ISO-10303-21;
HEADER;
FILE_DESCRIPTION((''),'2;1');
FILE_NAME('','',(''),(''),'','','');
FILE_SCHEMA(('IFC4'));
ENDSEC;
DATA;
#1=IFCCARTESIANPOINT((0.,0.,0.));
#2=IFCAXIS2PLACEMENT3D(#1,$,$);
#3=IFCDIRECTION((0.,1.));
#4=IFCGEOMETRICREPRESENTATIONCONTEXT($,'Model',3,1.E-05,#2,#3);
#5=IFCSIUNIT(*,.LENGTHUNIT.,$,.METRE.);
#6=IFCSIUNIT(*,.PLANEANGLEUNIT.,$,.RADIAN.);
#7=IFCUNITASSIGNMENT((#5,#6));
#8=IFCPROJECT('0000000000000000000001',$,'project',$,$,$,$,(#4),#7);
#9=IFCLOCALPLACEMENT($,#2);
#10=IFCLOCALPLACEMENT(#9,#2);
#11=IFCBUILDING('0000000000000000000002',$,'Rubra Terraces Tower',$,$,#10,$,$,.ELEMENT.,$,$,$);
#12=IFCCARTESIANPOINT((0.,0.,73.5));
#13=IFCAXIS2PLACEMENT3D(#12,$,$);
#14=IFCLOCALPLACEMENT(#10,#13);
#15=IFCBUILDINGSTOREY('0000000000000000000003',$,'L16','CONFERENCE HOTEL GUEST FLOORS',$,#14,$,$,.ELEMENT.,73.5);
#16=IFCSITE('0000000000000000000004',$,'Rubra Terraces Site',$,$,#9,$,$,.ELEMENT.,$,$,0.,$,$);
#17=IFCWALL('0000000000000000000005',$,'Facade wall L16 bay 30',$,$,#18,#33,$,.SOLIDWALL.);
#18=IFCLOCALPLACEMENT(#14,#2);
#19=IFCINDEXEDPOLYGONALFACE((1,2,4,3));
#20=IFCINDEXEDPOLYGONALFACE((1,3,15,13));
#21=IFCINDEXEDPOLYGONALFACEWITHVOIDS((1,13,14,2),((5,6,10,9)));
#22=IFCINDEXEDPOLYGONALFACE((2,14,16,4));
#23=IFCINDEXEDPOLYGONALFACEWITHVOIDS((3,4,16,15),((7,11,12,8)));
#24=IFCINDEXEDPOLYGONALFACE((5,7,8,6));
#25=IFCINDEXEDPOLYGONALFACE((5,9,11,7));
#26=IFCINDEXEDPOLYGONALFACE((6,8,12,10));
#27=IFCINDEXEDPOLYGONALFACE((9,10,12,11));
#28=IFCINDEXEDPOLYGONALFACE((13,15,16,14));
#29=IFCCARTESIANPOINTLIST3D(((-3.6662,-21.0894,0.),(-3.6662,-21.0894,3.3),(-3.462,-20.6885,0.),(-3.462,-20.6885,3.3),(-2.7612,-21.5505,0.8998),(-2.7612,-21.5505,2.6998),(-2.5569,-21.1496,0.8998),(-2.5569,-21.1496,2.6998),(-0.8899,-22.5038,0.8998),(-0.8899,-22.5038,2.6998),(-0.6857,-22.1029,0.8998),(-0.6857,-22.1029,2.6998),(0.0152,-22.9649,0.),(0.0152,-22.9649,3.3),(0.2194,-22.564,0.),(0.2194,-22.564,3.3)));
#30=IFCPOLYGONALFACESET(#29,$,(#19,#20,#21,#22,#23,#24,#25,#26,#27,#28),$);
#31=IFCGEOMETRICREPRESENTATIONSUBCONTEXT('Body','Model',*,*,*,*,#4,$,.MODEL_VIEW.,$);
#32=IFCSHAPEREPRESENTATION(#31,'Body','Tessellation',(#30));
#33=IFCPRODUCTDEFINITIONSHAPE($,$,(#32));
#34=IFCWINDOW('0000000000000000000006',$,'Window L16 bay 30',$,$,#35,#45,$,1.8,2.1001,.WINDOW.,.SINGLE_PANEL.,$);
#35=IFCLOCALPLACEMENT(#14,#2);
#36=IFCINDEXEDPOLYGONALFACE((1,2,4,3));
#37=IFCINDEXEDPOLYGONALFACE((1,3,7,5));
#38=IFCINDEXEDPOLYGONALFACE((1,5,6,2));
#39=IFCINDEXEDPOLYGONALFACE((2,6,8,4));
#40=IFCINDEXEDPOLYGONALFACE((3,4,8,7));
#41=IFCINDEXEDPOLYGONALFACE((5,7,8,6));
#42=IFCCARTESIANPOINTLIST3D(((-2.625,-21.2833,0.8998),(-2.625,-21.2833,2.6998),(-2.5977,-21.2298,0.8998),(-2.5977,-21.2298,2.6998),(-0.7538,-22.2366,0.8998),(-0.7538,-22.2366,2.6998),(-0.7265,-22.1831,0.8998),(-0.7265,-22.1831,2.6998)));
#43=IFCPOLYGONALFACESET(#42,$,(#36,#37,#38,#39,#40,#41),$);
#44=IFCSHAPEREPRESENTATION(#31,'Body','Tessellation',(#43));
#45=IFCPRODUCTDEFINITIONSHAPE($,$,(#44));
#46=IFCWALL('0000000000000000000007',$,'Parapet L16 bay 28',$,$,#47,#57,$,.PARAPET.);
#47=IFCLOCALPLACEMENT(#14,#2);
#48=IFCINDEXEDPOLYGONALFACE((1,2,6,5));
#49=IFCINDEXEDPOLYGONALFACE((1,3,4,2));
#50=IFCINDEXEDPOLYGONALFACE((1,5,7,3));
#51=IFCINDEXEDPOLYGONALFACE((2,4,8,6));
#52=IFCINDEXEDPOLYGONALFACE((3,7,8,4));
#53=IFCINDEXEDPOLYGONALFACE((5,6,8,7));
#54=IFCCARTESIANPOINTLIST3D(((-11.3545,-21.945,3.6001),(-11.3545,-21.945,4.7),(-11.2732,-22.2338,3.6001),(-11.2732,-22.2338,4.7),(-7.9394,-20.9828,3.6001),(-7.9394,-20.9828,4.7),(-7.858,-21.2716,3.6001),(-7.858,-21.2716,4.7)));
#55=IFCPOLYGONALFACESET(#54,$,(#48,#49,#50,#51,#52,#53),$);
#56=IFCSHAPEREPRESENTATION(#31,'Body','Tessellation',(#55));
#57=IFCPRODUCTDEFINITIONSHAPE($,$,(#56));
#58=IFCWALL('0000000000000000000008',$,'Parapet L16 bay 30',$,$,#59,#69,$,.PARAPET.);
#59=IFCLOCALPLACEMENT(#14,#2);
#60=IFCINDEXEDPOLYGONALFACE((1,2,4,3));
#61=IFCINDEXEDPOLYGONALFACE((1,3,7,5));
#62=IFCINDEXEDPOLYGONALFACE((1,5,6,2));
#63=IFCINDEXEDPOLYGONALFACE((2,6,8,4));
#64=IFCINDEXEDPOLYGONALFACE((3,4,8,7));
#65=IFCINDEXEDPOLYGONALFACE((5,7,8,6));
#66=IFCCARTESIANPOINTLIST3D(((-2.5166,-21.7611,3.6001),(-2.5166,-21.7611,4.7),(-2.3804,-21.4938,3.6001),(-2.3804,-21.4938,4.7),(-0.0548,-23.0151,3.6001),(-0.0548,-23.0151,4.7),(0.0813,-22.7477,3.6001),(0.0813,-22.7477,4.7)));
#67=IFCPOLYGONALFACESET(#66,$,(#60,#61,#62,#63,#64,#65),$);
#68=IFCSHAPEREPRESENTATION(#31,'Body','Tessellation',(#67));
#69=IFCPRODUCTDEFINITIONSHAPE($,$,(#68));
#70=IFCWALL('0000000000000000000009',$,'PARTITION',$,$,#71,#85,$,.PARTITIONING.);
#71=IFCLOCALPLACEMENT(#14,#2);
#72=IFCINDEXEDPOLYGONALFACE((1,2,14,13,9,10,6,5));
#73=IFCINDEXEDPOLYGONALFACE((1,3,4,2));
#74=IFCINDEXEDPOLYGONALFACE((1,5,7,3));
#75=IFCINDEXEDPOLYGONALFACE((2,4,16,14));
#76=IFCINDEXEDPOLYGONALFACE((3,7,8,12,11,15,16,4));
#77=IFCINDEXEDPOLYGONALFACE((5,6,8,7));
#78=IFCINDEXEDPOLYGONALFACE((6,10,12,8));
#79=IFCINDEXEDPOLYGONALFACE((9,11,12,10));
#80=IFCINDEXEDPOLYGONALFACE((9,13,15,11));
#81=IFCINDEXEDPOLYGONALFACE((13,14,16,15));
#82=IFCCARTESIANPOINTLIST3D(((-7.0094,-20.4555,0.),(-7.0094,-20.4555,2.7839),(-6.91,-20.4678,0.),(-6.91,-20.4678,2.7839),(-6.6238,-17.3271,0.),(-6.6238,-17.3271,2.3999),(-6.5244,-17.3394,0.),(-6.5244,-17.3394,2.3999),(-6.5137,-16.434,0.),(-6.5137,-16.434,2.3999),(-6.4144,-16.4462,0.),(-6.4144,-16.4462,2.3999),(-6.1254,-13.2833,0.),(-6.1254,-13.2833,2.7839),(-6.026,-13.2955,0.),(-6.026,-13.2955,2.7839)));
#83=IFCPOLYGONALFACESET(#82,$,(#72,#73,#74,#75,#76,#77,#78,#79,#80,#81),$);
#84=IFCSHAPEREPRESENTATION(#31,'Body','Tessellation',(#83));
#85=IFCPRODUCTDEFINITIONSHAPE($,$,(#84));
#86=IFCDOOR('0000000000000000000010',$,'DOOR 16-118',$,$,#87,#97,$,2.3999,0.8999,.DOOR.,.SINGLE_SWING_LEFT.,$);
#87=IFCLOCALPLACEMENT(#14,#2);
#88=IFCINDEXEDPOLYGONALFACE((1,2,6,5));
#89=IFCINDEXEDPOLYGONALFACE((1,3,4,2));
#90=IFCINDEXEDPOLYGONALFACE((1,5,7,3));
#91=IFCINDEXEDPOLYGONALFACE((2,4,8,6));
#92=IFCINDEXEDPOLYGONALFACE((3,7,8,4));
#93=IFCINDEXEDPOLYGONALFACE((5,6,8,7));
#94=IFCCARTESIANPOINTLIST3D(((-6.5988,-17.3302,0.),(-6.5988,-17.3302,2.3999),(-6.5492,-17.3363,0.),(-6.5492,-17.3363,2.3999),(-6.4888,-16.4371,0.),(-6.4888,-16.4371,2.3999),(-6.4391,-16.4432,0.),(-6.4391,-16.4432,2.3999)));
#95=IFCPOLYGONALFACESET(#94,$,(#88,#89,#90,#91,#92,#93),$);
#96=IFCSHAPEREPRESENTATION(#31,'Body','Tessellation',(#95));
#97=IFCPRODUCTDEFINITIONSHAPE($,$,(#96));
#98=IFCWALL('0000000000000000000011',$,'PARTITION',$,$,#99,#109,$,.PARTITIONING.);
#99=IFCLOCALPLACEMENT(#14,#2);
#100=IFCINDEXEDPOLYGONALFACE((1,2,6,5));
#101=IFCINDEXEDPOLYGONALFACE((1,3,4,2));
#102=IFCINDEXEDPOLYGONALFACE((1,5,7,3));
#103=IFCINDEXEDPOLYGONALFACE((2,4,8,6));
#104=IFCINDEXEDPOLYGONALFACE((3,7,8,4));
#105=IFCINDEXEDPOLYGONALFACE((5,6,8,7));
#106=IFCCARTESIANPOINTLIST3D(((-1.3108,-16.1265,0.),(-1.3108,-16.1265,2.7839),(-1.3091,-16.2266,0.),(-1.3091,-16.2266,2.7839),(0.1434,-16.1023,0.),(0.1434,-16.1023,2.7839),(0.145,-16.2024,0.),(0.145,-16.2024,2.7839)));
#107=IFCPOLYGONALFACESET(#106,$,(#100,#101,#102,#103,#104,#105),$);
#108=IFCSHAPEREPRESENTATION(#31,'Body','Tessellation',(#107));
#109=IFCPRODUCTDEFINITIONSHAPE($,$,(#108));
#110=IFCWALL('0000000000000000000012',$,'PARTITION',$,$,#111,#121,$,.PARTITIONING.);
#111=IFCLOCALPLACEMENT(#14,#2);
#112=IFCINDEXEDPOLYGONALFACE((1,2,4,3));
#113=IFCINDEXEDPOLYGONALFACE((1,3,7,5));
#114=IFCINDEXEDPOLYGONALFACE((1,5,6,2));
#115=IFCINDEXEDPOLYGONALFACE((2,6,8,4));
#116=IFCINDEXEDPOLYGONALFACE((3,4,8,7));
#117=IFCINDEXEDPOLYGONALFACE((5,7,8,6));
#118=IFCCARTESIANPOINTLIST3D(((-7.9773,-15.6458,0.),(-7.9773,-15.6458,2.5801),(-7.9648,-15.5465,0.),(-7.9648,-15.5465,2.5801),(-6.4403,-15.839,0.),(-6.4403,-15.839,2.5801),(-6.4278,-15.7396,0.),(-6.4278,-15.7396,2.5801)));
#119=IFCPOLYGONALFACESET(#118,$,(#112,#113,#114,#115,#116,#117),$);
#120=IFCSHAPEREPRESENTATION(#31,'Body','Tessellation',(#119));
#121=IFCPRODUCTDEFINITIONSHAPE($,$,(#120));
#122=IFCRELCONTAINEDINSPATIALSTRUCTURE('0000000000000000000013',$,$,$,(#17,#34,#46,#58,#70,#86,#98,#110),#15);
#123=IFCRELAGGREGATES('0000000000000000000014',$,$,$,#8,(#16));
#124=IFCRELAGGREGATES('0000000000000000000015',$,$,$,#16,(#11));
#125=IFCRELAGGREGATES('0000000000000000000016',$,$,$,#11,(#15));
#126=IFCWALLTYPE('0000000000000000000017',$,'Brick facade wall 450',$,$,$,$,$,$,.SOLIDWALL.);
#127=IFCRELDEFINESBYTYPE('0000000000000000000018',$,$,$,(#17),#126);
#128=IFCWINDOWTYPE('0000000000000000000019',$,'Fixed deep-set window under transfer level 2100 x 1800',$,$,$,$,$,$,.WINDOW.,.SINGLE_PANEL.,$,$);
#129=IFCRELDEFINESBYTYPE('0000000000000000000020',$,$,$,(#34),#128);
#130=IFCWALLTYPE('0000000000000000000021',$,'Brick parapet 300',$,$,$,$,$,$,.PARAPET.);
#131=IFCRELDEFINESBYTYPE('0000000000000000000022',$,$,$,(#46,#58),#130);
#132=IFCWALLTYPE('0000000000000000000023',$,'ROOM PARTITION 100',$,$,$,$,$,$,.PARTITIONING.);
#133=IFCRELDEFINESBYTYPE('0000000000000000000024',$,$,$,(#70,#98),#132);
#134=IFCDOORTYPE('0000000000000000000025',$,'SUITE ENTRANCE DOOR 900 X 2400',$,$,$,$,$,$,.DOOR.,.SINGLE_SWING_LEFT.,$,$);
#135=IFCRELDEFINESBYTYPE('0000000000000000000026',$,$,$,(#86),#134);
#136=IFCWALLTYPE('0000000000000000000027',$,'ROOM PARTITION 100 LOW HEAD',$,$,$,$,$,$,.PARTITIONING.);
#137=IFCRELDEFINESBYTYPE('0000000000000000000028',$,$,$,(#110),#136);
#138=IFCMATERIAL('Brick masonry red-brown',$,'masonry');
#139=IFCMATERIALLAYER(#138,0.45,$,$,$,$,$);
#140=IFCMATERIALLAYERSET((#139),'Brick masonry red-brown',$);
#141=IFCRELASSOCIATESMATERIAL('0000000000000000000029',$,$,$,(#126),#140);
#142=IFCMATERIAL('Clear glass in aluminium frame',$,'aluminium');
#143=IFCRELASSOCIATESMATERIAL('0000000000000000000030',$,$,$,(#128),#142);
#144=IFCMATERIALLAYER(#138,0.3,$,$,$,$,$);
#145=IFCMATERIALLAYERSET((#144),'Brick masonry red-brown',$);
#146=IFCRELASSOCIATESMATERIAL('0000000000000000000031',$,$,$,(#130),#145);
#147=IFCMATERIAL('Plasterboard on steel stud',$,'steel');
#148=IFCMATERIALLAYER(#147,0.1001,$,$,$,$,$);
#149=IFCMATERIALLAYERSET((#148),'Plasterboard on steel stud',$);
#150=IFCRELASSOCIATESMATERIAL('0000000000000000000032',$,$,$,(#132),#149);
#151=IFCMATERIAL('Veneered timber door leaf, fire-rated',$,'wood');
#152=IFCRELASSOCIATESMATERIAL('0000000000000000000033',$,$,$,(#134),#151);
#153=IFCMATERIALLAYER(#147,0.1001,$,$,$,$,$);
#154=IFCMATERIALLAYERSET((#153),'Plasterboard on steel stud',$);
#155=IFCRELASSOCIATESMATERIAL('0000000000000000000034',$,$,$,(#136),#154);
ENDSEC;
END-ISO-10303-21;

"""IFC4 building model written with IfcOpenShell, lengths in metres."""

from ifc_helpers import new_model, si_unit, direction, frame, frame_2d, origin, place, context, subcontext, project, spatial, rectangle, extrude, material, layer, layer_set, type_object, element, fill, save


model = new_model("IFC4")

# Units and contexts
model_context = context("Model", 3, precision=1e-05, world=origin(), true_north=direction((0.0, 1.0)))
body_context = subcontext(model_context, "Body", "Model", "MODEL_VIEW")
ifc_project = project(units=[si_unit("LENGTHUNIT", "METRE"), si_unit("PLANEANGLEUNIT", "RADIAN")], contexts=[model_context])

# Site, building, storey
site_placement = place(None, origin())
site = spatial("IfcSite", under=ifc_project, at=site_placement, Name="Rubra Terraces Site", CompositionType="ELEMENT", RefElevation=0.0)
building_placement = place(site_placement, origin())
building = spatial("IfcBuilding", under=site, at=building_placement, Name="Rubra Terraces Tower", CompositionType="ELEMENT")
storey_placement = place(building_placement, frame((0.0, 0.0, 73.5)))
storey = spatial("IfcBuildingStorey", under=building, at=storey_placement, Name="L16", Description="CONFERENCE HOTEL GUEST FLOORS", CompositionType="ELEMENT", Elevation=73.5)

# Wall, opening, window
ifc_material_1 = material(Name="Brick masonry red-brown", Category="masonry")
ifc_layer_1 = layer(ifc_material_1, 0.45)
ifc_layer_set_1 = layer_set([ifc_layer_1], Name="Brick masonry red-brown")
wall_type_1 = type_object("IfcWallType", Name="Brick facade wall 450", PredefinedType="SOLIDWALL", material=ifc_layer_set_1)
ifc_material_2 = material(Name="Clear glass in aluminium frame", Category="aluminium")
window_type = type_object("IfcWindowType", Name="Fixed deep-set window under transfer level 2100 x 1800", PartitioningType="SINGLE_PANEL", PredefinedType="WINDOW", material=ifc_material_2)
wall_1_placement = place(storey_placement, frame((-3.5642, -20.8889, 0.0), z_axis=(0.0, 0.0, 1.0), x_axis=(0.891034, -0.453937, 0.0)))
wall_1 = element("IfcWall", 1, at=wall_1_placement, inside=storey, type_object=wall_type_1, Name="Facade wall L16 bay 30", PredefinedType="SOLIDWALL", context=body_context, shape_type="SweptSolid", body=[
    extrude(rectangle(XDim=4.1316, YDim=0.45, at=frame_2d((2.0659, 0.0))), origin(), (0.0, 0.0, 1.0), 3.3),
])
opening_1_placement = place(wall_1_placement, frame((1.0159, 0.0, 0.8999)))
opening_1 = element("IfcOpeningElement", 2, at=opening_1_placement, cuts=wall_1, PredefinedType="OPENING", context=body_context, shape_type="SweptSolid", body=[
    extrude(rectangle(XDim=2.1001, YDim=1.8, at=frame_2d((1.05, 0.8999))), frame((0.0, 0.2349, 0.0), z_axis=(0.0, -1.0, 0.0), x_axis=(1.0, 0.0, 0.0)), (0.0, 0.0, 1.0), 0.47),
])
window_1_placement = place(opening_1_placement, origin())
window_1 = element("IfcWindow", 3, at=window_1_placement, inside=storey, type_object=window_type, Name="Window L16 bay 30", OverallHeight=1.8, OverallWidth=2.1001, PartitioningType="SINGLE_PANEL", PredefinedType="WINDOW", context=body_context, shape_type="SweptSolid", body=[
    extrude(rectangle(XDim=2.1001, YDim=1.8, at=frame_2d((1.05, 0.8999))), frame((0.0, 0.135, 0.0), z_axis=(0.0, -1.0, 0.0), x_axis=(1.0, 0.0, 0.0)), (0.0, 0.0, 1.0), 0.0601),
])
fill(opening_1, window_1)

# Walls
ifc_layer_2 = layer(ifc_material_1, 0.3)
ifc_layer_set_2 = layer_set([ifc_layer_2], Name="Brick masonry red-brown")
wall_type_2 = type_object("IfcWallType", Name="Brick parapet 300", PredefinedType="PARAPET", material=ifc_layer_set_2)
wall_2_placement = place(storey_placement, frame((-11.3137, -22.0894, 3.6001), z_axis=(0.0, 0.0, 1.0), x_axis=(0.962528, 0.271184, 0.0)))
element("IfcWall", 4, at=wall_2_placement, inside=storey, type_object=wall_type_2, Name="Parapet L16 bay 28", PredefinedType="PARAPET", context=body_context, shape_type="SweptSolid", body=[
    extrude(rectangle(XDim=3.5481, YDim=0.3, at=frame_2d((1.7739, 0.0))), origin(), (0.0, 0.0, 1.0), 1.0999),
])
wall_3_placement = place(storey_placement, frame((-2.4485, -21.6274, 3.6001), z_axis=(0.0, 0.0, 1.0), x_axis=(0.891062, -0.453882, 0.0)))
element("IfcWall", 5, at=wall_3_placement, inside=storey, type_object=wall_type_2, Name="Parapet L16 bay 30", PredefinedType="PARAPET", context=body_context, shape_type="SweptSolid", body=[
    extrude(rectangle(XDim=2.7627, YDim=0.3, at=frame_2d((1.3813, 0.0))), origin(), (0.0, 0.0, 1.0), 1.0999),
])

# Wall, opening, door
ifc_material_3 = material(Name="Plasterboard on steel stud", Category="steel")
ifc_layer_3 = layer(ifc_material_3, 0.1001)
ifc_layer_set_3 = layer_set([ifc_layer_3], Name="Plasterboard on steel stud")
wall_type_3 = type_object("IfcWallType", Name="ROOM PARTITION 100", PredefinedType="PARTITIONING", material=ifc_layer_set_3)
wall_4_placement = place(storey_placement, frame((-6.9597, -20.4617, 0.0), z_axis=(0.0, 0.0, 1.0), x_axis=(0.12233, 0.99249, 0.0)))
wall_4 = element("IfcWall", 6, at=wall_4_placement, inside=storey, type_object=wall_type_3, Name="PARTITION", PredefinedType="PARTITIONING", context=body_context, shape_type="SweptSolid", body=[
    extrude(rectangle(XDim=7.2266, YDim=0.1001, at=frame_2d((3.6133, 0.0))), origin(), (0.0, 0.0, 1.0), 2.7839),
])
opening_2_placement = place(wall_4_placement, frame((3.1521, 0.0, 0.0)))
opening_2 = element("IfcOpeningElement", 7, at=opening_2_placement, cuts=wall_4, PredefinedType="OPENING", context=body_context, shape_type="SweptSolid", body=[
    extrude(rectangle(XDim=0.8999, YDim=2.3999, at=frame_2d((0.45, 1.2))), frame((0.0, 0.0601, 0.0), z_axis=(0.0, -1.0, 0.0), x_axis=(1.0, 0.0, 0.0)), (0.0, 0.0, 1.0), 0.1201),
])
ifc_material_4 = material(Name="Veneered timber door leaf, fire-rated", Category="wood")
door_type = type_object("IfcDoorType", Name="SUITE ENTRANCE DOOR 900 X 2400", OperationType="SINGLE_SWING_LEFT", PredefinedType="DOOR", material=ifc_material_4)
door_placement = place(opening_2_placement, origin())
door = element("IfcDoor", 8, at=door_placement, inside=storey, type_object=door_type, Name="DOOR 16-118", OperationType="SINGLE_SWING_LEFT", OverallHeight=2.3999, OverallWidth=0.8999, PredefinedType="DOOR", context=body_context, shape_type="SweptSolid", body=[
    extrude(rectangle(XDim=0.8999, YDim=2.3999, at=frame_2d((0.45, 1.2))), frame((0.0, 0.0249, 0.0), z_axis=(0.0, -1.0, 0.0), x_axis=(1.0, 0.0, 0.0)), (0.0, 0.0, 1.0), 0.05),
])
fill(opening_2, door)

# Walls
wall_5_placement = place(storey_placement, frame((-1.3098, -16.1765, 0.0), z_axis=(0.0, 0.0, 1.0), x_axis=(0.999862, 0.01662, 0.0)))
element("IfcWall", 9, at=wall_5_placement, inside=storey, type_object=wall_type_3, Name="PARTITION", PredefinedType="PARTITIONING", context=body_context, shape_type="SweptSolid", body=[
    extrude(rectangle(XDim=1.4543, YDim=0.1001, at=frame_2d((0.7271, 0.0))), origin(), (0.0, 0.0, 1.0), 2.7839),
])
ifc_layer_4 = layer(ifc_material_3, 0.1001)
ifc_layer_set_4 = layer_set([ifc_layer_4], Name="Plasterboard on steel stud")
wall_type_4 = type_object("IfcWallType", Name="ROOM PARTITION 100 LOW HEAD", PredefinedType="PARTITIONING", material=ifc_layer_set_4)
wall_6_placement = place(storey_placement, frame((-7.9709, -15.5962, 0.0), z_axis=(0.0, 0.0, 1.0), x_axis=(0.992198, -0.124675, 0.0)))
element("IfcWall", 10, at=wall_6_placement, inside=storey, type_object=wall_type_4, Name="PARTITION", PredefinedType="PARTITIONING", context=body_context, shape_type="SweptSolid", body=[
    extrude(rectangle(XDim=1.5491, YDim=0.1001, at=frame_2d((0.7744, 0.0))), origin(), (0.0, 0.0, 1.0), 2.5801),
])

save(model, "model.ifc")
